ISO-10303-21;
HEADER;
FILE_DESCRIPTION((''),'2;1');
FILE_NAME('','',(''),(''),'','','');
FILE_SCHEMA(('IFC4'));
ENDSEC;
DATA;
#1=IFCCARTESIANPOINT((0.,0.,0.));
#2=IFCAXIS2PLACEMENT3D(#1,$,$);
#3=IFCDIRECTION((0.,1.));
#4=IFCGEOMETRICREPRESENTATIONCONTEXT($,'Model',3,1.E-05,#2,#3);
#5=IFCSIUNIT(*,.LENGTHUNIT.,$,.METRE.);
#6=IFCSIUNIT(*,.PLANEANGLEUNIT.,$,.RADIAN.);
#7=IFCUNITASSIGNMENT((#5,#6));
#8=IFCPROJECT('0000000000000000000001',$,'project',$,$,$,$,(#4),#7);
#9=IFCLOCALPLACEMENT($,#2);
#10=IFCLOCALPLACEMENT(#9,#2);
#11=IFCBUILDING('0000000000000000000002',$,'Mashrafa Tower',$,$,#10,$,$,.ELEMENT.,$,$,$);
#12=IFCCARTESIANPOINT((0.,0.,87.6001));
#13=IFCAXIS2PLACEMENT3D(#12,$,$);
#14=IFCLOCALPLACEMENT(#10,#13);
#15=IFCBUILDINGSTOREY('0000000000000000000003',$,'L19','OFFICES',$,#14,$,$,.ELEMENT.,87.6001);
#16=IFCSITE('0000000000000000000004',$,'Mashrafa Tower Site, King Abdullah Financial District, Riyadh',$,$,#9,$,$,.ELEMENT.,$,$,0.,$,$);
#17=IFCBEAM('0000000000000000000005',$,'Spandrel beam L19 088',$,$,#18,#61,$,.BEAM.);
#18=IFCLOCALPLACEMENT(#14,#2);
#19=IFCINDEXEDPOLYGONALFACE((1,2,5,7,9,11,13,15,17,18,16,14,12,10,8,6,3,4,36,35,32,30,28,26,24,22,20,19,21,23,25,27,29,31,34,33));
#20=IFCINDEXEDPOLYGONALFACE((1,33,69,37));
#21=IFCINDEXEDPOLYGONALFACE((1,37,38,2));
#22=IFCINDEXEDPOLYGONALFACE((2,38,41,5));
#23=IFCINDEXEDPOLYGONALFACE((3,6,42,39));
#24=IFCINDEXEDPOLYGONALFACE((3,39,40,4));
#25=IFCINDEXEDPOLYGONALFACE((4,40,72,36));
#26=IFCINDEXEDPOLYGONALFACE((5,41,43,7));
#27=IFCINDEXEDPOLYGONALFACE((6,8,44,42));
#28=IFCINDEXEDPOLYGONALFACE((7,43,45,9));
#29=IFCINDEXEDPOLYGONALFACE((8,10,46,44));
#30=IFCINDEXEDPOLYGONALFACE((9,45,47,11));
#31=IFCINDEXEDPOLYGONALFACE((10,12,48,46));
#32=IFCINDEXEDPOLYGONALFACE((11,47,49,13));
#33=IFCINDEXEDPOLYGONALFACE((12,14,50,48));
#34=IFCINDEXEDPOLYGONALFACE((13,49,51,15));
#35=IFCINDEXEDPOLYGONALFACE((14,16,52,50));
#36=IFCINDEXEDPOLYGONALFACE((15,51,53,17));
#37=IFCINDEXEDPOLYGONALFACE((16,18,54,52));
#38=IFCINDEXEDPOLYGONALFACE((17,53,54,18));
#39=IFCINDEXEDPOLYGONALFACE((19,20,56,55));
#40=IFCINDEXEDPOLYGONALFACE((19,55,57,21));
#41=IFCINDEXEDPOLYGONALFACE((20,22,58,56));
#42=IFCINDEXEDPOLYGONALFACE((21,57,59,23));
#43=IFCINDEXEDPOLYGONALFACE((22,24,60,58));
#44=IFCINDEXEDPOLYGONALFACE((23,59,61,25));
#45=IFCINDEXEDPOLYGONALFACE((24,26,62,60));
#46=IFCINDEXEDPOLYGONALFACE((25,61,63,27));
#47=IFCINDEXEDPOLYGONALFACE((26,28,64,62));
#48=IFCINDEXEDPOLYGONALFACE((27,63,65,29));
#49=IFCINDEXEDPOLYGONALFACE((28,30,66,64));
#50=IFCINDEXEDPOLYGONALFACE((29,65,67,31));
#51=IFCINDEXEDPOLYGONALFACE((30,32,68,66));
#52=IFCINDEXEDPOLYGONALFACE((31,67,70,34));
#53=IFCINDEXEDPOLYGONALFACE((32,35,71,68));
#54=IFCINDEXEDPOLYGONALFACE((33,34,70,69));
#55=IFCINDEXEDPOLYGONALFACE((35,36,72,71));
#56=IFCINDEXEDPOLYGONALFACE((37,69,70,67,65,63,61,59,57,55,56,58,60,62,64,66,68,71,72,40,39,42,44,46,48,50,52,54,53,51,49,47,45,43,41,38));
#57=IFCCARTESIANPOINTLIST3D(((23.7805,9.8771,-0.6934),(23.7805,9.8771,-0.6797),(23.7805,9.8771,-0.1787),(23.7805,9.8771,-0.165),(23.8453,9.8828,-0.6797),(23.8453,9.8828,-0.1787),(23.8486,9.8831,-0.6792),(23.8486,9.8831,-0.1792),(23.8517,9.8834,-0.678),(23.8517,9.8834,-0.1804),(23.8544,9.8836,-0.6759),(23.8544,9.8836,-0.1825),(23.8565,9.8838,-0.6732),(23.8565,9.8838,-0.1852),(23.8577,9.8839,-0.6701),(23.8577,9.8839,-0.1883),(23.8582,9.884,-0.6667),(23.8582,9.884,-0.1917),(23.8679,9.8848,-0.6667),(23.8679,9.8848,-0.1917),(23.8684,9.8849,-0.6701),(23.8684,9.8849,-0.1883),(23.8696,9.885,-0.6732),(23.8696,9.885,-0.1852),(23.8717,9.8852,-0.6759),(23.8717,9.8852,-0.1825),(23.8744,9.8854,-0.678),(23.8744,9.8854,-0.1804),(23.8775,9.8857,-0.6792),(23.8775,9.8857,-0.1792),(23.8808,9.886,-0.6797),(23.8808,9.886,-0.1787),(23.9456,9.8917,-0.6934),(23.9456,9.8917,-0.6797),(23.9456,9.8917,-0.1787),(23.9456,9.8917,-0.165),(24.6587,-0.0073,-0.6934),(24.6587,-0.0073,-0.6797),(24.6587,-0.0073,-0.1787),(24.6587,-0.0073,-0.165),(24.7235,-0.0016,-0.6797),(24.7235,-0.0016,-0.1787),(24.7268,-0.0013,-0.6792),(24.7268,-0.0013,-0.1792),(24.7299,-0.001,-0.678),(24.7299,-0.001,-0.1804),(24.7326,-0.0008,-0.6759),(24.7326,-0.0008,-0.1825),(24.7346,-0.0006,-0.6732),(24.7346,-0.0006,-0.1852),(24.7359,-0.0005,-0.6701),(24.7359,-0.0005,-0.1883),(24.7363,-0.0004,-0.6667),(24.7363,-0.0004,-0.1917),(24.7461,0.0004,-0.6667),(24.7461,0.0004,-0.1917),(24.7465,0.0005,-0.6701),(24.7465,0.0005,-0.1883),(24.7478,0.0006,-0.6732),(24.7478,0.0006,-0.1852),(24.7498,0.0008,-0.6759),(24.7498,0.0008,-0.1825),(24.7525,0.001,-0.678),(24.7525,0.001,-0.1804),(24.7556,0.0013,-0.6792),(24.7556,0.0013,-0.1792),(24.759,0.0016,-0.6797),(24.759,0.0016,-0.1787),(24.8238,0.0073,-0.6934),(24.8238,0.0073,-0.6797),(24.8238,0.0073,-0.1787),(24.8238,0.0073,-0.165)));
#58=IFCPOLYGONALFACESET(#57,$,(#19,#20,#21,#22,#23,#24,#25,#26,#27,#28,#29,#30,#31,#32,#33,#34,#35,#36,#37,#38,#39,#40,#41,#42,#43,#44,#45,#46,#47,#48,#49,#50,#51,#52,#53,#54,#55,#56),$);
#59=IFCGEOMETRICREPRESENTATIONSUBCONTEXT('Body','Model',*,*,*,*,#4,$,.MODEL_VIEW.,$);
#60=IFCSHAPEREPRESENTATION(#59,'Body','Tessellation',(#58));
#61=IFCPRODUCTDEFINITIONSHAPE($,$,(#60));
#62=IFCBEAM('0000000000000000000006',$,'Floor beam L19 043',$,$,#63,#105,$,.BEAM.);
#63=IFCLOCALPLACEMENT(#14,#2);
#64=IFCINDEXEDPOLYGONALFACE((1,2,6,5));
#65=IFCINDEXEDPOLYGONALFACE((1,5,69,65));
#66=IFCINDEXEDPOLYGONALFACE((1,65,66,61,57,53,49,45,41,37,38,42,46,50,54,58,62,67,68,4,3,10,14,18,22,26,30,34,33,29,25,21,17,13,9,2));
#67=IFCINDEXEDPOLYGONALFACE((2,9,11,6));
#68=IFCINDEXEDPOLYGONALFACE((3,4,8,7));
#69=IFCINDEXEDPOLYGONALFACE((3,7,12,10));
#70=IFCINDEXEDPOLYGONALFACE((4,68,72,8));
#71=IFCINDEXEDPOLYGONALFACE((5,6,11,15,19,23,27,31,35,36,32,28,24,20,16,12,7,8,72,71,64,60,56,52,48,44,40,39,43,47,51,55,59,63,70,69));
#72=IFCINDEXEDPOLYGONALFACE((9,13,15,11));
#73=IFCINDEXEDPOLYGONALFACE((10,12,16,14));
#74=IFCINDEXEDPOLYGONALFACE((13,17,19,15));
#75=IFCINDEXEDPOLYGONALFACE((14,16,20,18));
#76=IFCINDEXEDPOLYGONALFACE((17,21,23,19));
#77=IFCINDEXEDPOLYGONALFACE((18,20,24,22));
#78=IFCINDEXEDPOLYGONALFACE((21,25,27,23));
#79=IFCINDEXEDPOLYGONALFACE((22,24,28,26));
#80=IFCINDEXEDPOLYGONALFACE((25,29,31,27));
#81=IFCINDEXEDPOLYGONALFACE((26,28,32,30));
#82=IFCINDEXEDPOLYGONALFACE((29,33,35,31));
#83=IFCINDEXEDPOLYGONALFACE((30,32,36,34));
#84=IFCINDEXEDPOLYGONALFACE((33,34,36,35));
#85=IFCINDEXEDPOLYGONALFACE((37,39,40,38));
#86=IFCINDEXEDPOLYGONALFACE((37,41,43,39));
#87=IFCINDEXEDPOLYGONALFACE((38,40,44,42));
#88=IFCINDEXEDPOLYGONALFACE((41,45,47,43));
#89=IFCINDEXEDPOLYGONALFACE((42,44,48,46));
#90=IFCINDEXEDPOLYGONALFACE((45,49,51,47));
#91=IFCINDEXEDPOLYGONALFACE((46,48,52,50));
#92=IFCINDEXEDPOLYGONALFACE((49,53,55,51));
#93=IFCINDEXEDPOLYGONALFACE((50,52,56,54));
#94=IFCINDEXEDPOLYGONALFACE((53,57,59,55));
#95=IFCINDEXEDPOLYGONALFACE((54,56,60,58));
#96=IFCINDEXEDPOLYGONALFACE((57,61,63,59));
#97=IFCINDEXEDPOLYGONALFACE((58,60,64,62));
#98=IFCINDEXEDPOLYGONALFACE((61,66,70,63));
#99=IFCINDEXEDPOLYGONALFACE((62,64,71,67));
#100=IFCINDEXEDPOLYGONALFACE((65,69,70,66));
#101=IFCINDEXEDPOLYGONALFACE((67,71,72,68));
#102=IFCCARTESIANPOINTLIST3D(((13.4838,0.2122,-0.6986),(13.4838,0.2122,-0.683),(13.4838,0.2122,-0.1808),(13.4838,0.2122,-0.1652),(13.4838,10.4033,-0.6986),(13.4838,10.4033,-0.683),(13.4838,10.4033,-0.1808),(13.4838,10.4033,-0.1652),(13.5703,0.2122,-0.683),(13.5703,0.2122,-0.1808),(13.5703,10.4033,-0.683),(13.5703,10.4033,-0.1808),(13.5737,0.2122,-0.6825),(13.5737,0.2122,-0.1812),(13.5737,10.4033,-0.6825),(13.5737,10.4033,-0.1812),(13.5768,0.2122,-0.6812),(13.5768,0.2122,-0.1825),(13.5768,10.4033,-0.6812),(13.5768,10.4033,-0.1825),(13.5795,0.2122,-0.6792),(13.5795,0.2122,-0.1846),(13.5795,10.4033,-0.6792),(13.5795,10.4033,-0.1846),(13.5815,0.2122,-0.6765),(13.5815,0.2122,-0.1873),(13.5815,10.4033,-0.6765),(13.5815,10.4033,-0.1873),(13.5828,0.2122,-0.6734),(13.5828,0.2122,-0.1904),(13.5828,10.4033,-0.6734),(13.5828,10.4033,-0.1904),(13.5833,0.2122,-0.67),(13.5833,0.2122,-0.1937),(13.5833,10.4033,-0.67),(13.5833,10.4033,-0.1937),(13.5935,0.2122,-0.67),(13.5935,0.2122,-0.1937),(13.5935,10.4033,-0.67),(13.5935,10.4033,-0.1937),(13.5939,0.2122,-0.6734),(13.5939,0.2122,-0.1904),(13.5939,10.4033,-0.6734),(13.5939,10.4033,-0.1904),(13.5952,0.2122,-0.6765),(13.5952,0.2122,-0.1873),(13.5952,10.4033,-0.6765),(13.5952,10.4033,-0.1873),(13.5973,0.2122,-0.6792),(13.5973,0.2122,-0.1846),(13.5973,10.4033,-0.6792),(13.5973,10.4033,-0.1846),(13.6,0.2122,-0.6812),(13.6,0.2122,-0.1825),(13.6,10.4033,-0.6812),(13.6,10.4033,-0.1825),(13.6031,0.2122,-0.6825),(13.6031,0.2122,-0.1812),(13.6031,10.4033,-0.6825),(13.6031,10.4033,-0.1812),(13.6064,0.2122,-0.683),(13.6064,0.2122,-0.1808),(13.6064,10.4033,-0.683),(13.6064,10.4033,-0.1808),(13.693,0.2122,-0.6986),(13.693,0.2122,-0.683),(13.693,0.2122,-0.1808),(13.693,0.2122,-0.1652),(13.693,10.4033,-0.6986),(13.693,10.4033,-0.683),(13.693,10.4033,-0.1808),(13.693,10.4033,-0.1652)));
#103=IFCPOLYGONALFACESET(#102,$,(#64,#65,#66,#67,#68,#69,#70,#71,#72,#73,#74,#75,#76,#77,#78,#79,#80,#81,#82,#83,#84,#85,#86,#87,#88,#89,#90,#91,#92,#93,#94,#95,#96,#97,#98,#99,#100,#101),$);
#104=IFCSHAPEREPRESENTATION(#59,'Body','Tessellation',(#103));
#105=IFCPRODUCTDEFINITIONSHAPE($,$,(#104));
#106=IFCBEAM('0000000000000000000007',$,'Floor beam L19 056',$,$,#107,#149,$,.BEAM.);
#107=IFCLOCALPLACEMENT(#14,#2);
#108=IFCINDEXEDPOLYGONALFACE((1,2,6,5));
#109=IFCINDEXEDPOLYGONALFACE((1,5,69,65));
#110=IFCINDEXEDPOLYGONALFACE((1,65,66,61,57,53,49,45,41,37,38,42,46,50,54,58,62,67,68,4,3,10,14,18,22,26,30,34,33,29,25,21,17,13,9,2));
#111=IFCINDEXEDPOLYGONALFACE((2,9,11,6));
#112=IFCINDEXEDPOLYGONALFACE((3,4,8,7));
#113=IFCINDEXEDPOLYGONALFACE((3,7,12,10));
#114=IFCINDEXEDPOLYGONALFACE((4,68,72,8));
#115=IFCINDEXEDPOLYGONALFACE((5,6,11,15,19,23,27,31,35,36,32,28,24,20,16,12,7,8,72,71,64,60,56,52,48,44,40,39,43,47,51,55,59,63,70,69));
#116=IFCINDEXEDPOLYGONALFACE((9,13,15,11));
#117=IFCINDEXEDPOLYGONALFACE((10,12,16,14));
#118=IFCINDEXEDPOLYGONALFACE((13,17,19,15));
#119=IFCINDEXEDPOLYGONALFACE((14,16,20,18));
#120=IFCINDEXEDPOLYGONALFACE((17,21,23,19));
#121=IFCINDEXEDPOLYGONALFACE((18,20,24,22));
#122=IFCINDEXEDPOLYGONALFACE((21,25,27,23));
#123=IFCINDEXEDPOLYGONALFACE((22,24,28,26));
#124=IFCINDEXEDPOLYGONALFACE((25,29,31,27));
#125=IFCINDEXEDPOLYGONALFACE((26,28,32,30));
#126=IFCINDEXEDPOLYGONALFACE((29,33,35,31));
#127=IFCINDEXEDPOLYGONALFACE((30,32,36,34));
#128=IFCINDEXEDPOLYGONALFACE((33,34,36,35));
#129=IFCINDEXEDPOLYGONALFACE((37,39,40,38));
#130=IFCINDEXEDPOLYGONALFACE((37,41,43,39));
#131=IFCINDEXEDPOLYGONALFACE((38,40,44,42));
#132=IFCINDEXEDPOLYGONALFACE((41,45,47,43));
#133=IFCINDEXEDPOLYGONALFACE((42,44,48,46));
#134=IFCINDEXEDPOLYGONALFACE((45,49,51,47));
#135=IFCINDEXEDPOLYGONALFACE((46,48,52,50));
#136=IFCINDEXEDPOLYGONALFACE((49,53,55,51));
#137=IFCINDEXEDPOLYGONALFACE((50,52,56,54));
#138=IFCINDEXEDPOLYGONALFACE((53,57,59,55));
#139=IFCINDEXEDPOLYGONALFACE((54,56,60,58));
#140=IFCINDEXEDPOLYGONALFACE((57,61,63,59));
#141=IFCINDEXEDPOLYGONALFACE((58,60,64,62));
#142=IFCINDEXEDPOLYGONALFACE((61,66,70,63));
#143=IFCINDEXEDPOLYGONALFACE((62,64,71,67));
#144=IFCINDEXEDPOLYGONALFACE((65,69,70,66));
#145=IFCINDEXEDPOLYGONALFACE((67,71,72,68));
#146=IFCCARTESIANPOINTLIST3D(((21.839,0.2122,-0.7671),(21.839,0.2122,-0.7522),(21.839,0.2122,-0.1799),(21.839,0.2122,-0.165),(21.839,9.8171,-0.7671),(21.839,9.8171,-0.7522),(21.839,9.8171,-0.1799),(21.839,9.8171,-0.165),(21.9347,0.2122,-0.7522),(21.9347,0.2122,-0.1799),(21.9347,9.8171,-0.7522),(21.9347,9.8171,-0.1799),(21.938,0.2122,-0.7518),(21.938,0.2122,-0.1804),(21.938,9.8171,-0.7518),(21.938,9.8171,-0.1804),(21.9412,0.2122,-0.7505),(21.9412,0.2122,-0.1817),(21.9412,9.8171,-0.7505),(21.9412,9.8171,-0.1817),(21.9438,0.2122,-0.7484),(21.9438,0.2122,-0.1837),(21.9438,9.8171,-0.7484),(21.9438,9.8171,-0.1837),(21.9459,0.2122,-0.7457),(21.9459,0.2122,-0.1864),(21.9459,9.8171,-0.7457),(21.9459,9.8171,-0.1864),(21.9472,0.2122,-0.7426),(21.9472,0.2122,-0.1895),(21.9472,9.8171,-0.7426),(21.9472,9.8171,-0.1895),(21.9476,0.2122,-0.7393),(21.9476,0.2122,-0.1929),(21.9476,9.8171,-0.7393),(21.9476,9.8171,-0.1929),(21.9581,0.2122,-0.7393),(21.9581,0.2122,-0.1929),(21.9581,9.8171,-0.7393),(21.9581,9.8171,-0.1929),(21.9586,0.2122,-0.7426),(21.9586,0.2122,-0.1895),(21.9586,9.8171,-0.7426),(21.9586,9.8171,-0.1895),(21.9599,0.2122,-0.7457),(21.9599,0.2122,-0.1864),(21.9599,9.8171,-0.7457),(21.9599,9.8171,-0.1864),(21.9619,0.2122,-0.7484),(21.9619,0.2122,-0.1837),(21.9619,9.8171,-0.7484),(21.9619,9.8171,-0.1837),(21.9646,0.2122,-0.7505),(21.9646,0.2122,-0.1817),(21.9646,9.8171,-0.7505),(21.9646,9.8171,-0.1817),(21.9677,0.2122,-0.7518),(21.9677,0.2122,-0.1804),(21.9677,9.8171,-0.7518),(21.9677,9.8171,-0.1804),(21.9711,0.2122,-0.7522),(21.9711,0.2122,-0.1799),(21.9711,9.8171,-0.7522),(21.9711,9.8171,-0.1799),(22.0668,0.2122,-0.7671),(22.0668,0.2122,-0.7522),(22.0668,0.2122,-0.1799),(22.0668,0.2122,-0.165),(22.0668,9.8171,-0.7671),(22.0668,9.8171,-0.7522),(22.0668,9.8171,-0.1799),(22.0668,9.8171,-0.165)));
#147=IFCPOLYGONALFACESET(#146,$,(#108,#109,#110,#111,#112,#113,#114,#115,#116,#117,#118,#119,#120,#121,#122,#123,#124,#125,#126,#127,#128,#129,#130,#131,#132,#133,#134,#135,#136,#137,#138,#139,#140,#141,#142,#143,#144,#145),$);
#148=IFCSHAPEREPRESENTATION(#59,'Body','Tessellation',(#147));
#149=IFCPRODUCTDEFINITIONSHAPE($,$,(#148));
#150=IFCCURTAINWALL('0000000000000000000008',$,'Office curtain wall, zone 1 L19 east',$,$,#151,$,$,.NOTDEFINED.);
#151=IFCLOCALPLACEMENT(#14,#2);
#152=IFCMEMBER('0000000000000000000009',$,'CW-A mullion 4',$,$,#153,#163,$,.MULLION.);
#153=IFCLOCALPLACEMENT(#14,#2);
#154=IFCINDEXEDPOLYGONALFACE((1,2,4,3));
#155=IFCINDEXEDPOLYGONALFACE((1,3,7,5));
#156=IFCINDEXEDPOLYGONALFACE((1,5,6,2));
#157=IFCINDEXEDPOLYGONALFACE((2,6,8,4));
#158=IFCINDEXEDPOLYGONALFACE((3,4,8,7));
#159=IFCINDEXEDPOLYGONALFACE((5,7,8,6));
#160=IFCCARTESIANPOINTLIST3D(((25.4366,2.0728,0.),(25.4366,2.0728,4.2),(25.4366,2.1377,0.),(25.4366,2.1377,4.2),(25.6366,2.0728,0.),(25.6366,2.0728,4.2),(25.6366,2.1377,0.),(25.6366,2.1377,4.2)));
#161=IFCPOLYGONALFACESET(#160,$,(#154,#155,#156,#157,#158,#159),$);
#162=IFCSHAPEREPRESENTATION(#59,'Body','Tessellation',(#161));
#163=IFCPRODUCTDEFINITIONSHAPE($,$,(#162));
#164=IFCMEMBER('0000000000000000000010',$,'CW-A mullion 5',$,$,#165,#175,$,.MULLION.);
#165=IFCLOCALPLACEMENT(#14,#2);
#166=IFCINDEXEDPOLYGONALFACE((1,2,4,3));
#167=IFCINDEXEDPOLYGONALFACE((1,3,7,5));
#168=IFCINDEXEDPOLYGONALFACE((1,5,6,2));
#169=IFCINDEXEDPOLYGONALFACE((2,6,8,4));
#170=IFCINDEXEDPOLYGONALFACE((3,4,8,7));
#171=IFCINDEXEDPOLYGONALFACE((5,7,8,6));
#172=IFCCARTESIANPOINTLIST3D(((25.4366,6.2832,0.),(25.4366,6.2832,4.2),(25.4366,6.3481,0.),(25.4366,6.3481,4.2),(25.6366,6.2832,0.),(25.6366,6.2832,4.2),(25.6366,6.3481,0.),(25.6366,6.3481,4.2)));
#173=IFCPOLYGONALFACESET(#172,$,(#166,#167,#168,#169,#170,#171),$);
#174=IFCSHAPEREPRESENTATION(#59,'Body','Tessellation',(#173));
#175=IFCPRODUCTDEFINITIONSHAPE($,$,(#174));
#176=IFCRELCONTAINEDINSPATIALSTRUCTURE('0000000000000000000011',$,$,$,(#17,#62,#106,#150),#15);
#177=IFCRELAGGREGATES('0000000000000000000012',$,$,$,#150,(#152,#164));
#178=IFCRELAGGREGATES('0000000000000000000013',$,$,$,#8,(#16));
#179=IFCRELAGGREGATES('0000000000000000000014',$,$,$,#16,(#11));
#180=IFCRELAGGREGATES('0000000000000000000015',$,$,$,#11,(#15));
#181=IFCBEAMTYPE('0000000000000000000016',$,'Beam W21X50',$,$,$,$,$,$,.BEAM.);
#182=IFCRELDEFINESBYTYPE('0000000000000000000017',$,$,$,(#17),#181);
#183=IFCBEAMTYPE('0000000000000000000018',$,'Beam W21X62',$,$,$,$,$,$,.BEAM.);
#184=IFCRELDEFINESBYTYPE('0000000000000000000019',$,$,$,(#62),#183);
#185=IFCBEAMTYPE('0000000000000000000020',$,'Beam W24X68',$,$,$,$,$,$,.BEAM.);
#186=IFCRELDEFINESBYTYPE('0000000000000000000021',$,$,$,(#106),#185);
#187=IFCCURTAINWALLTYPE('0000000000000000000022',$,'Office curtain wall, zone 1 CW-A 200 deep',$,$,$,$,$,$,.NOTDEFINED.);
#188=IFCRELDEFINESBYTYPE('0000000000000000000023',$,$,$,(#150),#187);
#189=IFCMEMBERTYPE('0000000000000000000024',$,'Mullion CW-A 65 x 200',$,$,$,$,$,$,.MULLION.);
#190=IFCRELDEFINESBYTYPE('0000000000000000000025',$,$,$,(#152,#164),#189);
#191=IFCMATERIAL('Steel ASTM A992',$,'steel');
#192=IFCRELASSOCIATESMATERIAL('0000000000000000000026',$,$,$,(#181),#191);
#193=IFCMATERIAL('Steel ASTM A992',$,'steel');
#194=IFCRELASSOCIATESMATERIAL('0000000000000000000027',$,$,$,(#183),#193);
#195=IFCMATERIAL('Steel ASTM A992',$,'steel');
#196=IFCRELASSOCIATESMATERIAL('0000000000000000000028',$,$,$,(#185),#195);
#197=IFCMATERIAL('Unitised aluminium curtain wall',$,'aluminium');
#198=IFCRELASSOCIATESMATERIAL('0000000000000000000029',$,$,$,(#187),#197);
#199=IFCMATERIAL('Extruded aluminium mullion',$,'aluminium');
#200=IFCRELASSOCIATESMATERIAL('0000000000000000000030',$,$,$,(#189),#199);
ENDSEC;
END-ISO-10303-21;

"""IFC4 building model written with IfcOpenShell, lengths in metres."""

from ifc_helpers import new_model, si_unit, direction, frame, origin, origin_2d, place, context, subcontext, project, spatial, rectangle, i_section, extrude, source, transform, mapped, material, material_profile, profile_set, type_object, type_shapes, element, aggregate, save


model = new_model("IFC4")

# Units and contexts
model_context = context("Model", 3, precision=1e-05, world=origin(), true_north=direction((0.0, 1.0)))
body_context = subcontext(model_context, "Body", "Model", "MODEL_VIEW")
ifc_project = project(units=[si_unit("LENGTHUNIT", "METRE"), si_unit("PLANEANGLEUNIT", "RADIAN")], contexts=[model_context])

# Site, building, storey
site_placement = place(None, origin())
site = spatial("IfcSite", under=ifc_project, at=site_placement, Name="Mashrafa Tower Site, King Abdullah Financial District, Riyadh", CompositionType="ELEMENT", RefElevation=0.0)
building_placement = place(site_placement, origin())
building = spatial("IfcBuilding", under=site, at=building_placement, Name="Mashrafa Tower", CompositionType="ELEMENT")
storey_placement = place(building_placement, frame((0.0, 0.0, 87.6001)))
storey = spatial("IfcBuildingStorey", under=building, at=storey_placement, Name="L19", Description="OFFICES", CompositionType="ELEMENT", Elevation=87.6001)

# Beams
ifc_material_1 = material(Name="Steel ASTM A992", Category="steel")
ifc_material_profile_1 = material_profile(ifc_material_1, i_section(OverallWidth=0.1658, OverallDepth=0.5283, WebThickness=0.0098, FlangeThickness=0.0137, FilletRadius=0.0129, at=origin_2d()), Name="W21X50")
ifc_profile_set_1 = profile_set([ifc_material_profile_1], Name="Steel ASTM A992")
beam_type_1 = type_object("IfcBeamType", Name="Beam W21X50", PredefinedType="BEAM", material=ifc_profile_set_1)
for number, where, z_axis, x_axis, name in (
    (1, (24.7412, 0.0, -0.4292), (-0.088495, 0.996077, 0.0), (-0.996077, -0.088495, 0.0), "Spandrel beam L19 088"),
):
    element("IfcBeam", number, at=place(storey_placement, frame(where, z_axis=z_axis, x_axis=x_axis)), inside=storey, type_object=beam_type_1, Name=name, PredefinedType="BEAM", context=body_context, shape_type="SweptSolid", body=[
        extrude(i_section(OverallWidth=0.1658, OverallDepth=0.5283, WebThickness=0.0098, FlangeThickness=0.0137, FilletRadius=0.0129, at=origin_2d()), origin(), (0.0, 0.0, 1.0), 9.9233),
    ])
ifc_material_2 = material(Name="Steel ASTM A992", Category="steel")
ifc_material_profile_2 = material_profile(ifc_material_2, i_section(OverallWidth=0.2092, OverallDepth=0.5334, WebThickness=0.0103, FlangeThickness=0.0156, FilletRadius=0.0129, at=origin_2d()), Name="W21X62")
ifc_profile_set_2 = profile_set([ifc_material_profile_2], Name="Steel ASTM A992")
beam_type_2 = type_object("IfcBeamType", Name="Beam W21X62", PredefinedType="BEAM", material=ifc_profile_set_2)
beam_1_placement = place(storey_placement, frame((13.5884, 10.4033, -0.4319), z_axis=(0.0, -1.0, 0.0), x_axis=(1.0, 0.0, 0.0)))
element("IfcBeam", 2, at=beam_1_placement, inside=storey, type_object=beam_type_2, Name="Floor beam L19 043", PredefinedType="BEAM", context=body_context, shape_type="SweptSolid", body=[
    extrude(i_section(OverallWidth=0.2092, OverallDepth=0.5334, WebThickness=0.0103, FlangeThickness=0.0156, FilletRadius=0.0129, at=origin_2d()), origin(), (0.0, 0.0, 1.0), 10.1912),
])
ifc_material_3 = material(Name="Steel ASTM A992", Category="steel")
ifc_material_profile_3 = material_profile(ifc_material_3, i_section(OverallWidth=0.2278, OverallDepth=0.6021, WebThickness=0.0105, FlangeThickness=0.0149, FilletRadius=0.0129, at=origin_2d()), Name="W24X68")
ifc_profile_set_3 = profile_set([ifc_material_profile_3], Name="Steel ASTM A992")
beam_type_3 = type_object("IfcBeamType", Name="Beam W24X68", PredefinedType="BEAM", material=ifc_profile_set_3)
beam_2_placement = place(storey_placement, frame((21.9529, 9.8171, -0.4661), z_axis=(0.0, -1.0, 0.0), x_axis=(1.0, 0.0, 0.0)))
element("IfcBeam", 3, at=beam_2_placement, inside=storey, type_object=beam_type_3, Name="Floor beam L19 056", PredefinedType="BEAM", context=body_context, shape_type="SweptSolid", body=[
    extrude(i_section(OverallWidth=0.2278, OverallDepth=0.6021, WebThickness=0.0105, FlangeThickness=0.0149, FilletRadius=0.0129, at=origin_2d()), origin(), (0.0, 0.0, 1.0), 9.605),
])

# Curtain wall, members
ifc_material_4 = material(Name="Unitised aluminium curtain wall", Category="aluminium")
curtain_wall_type = type_object("IfcCurtainWallType", Name="Office curtain wall, zone 1 CW-A 200 deep", PredefinedType="NOTDEFINED", material=ifc_material_4)
curtain_wall_placement = place(storey_placement, origin())
curtain_wall = element("IfcCurtainWall", 4, at=curtain_wall_placement, inside=storey, type_object=curtain_wall_type, Name="Office curtain wall, zone 1 L19 east", PredefinedType="NOTDEFINED")
ifc_material_5 = material(Name="Extruded aluminium mullion", Category="aluminium")
ifc_material_profile_4 = material_profile(ifc_material_5, rectangle(XDim=0.2, YDim=0.0649, at=origin_2d()), Name="Mullion 65x200")
ifc_profile_set_4 = profile_set([ifc_material_profile_4], Name="Extruded aluminium mullion")
member_type_1 = type_object("IfcMemberType", Name="Mullion CW-A 65 x 200", PredefinedType="MULLION", material=ifc_profile_set_4)
shared_shape_1 = source(origin(), body_context, "Body", "SweptSolid", [
    extrude(rectangle(XDim=0.2, YDim=0.0649, at=origin_2d()), origin(), (0.0, 0.0, 1.0), 4.2),
])
type_shapes(member_type_1, [shared_shape_1])
member_1_placement = place(storey_placement, frame((25.5366, 2.1052, 0.0), z_axis=(0.0, 0.0, 1.0), x_axis=(-1.0, 0.0, 0.0)))
member_1 = element("IfcMember", 5, at=member_1_placement, type_object=member_type_1, Name="CW-A mullion 4", PredefinedType="MULLION", context=body_context, shape_type="MappedRepresentation", body=[
    mapped(shared_shape_1, transform((0.0, 0.0, 0.0))),
])
member_2_placement = place(storey_placement, frame((25.5366, 6.3157, 0.0), z_axis=(0.0, 0.0, 1.0), x_axis=(-1.0, 0.0, 0.0)))
member_2 = element("IfcMember", 6, at=member_2_placement, type_object=member_type_1, Name="CW-A mullion 5", PredefinedType="MULLION", context=body_context, shape_type="MappedRepresentation", body=[
    mapped(shared_shape_1, transform((0.0, 0.0, 0.0))),
])
aggregate(curtain_wall, [member_1, member_2])

save(model, "model.ifc")
